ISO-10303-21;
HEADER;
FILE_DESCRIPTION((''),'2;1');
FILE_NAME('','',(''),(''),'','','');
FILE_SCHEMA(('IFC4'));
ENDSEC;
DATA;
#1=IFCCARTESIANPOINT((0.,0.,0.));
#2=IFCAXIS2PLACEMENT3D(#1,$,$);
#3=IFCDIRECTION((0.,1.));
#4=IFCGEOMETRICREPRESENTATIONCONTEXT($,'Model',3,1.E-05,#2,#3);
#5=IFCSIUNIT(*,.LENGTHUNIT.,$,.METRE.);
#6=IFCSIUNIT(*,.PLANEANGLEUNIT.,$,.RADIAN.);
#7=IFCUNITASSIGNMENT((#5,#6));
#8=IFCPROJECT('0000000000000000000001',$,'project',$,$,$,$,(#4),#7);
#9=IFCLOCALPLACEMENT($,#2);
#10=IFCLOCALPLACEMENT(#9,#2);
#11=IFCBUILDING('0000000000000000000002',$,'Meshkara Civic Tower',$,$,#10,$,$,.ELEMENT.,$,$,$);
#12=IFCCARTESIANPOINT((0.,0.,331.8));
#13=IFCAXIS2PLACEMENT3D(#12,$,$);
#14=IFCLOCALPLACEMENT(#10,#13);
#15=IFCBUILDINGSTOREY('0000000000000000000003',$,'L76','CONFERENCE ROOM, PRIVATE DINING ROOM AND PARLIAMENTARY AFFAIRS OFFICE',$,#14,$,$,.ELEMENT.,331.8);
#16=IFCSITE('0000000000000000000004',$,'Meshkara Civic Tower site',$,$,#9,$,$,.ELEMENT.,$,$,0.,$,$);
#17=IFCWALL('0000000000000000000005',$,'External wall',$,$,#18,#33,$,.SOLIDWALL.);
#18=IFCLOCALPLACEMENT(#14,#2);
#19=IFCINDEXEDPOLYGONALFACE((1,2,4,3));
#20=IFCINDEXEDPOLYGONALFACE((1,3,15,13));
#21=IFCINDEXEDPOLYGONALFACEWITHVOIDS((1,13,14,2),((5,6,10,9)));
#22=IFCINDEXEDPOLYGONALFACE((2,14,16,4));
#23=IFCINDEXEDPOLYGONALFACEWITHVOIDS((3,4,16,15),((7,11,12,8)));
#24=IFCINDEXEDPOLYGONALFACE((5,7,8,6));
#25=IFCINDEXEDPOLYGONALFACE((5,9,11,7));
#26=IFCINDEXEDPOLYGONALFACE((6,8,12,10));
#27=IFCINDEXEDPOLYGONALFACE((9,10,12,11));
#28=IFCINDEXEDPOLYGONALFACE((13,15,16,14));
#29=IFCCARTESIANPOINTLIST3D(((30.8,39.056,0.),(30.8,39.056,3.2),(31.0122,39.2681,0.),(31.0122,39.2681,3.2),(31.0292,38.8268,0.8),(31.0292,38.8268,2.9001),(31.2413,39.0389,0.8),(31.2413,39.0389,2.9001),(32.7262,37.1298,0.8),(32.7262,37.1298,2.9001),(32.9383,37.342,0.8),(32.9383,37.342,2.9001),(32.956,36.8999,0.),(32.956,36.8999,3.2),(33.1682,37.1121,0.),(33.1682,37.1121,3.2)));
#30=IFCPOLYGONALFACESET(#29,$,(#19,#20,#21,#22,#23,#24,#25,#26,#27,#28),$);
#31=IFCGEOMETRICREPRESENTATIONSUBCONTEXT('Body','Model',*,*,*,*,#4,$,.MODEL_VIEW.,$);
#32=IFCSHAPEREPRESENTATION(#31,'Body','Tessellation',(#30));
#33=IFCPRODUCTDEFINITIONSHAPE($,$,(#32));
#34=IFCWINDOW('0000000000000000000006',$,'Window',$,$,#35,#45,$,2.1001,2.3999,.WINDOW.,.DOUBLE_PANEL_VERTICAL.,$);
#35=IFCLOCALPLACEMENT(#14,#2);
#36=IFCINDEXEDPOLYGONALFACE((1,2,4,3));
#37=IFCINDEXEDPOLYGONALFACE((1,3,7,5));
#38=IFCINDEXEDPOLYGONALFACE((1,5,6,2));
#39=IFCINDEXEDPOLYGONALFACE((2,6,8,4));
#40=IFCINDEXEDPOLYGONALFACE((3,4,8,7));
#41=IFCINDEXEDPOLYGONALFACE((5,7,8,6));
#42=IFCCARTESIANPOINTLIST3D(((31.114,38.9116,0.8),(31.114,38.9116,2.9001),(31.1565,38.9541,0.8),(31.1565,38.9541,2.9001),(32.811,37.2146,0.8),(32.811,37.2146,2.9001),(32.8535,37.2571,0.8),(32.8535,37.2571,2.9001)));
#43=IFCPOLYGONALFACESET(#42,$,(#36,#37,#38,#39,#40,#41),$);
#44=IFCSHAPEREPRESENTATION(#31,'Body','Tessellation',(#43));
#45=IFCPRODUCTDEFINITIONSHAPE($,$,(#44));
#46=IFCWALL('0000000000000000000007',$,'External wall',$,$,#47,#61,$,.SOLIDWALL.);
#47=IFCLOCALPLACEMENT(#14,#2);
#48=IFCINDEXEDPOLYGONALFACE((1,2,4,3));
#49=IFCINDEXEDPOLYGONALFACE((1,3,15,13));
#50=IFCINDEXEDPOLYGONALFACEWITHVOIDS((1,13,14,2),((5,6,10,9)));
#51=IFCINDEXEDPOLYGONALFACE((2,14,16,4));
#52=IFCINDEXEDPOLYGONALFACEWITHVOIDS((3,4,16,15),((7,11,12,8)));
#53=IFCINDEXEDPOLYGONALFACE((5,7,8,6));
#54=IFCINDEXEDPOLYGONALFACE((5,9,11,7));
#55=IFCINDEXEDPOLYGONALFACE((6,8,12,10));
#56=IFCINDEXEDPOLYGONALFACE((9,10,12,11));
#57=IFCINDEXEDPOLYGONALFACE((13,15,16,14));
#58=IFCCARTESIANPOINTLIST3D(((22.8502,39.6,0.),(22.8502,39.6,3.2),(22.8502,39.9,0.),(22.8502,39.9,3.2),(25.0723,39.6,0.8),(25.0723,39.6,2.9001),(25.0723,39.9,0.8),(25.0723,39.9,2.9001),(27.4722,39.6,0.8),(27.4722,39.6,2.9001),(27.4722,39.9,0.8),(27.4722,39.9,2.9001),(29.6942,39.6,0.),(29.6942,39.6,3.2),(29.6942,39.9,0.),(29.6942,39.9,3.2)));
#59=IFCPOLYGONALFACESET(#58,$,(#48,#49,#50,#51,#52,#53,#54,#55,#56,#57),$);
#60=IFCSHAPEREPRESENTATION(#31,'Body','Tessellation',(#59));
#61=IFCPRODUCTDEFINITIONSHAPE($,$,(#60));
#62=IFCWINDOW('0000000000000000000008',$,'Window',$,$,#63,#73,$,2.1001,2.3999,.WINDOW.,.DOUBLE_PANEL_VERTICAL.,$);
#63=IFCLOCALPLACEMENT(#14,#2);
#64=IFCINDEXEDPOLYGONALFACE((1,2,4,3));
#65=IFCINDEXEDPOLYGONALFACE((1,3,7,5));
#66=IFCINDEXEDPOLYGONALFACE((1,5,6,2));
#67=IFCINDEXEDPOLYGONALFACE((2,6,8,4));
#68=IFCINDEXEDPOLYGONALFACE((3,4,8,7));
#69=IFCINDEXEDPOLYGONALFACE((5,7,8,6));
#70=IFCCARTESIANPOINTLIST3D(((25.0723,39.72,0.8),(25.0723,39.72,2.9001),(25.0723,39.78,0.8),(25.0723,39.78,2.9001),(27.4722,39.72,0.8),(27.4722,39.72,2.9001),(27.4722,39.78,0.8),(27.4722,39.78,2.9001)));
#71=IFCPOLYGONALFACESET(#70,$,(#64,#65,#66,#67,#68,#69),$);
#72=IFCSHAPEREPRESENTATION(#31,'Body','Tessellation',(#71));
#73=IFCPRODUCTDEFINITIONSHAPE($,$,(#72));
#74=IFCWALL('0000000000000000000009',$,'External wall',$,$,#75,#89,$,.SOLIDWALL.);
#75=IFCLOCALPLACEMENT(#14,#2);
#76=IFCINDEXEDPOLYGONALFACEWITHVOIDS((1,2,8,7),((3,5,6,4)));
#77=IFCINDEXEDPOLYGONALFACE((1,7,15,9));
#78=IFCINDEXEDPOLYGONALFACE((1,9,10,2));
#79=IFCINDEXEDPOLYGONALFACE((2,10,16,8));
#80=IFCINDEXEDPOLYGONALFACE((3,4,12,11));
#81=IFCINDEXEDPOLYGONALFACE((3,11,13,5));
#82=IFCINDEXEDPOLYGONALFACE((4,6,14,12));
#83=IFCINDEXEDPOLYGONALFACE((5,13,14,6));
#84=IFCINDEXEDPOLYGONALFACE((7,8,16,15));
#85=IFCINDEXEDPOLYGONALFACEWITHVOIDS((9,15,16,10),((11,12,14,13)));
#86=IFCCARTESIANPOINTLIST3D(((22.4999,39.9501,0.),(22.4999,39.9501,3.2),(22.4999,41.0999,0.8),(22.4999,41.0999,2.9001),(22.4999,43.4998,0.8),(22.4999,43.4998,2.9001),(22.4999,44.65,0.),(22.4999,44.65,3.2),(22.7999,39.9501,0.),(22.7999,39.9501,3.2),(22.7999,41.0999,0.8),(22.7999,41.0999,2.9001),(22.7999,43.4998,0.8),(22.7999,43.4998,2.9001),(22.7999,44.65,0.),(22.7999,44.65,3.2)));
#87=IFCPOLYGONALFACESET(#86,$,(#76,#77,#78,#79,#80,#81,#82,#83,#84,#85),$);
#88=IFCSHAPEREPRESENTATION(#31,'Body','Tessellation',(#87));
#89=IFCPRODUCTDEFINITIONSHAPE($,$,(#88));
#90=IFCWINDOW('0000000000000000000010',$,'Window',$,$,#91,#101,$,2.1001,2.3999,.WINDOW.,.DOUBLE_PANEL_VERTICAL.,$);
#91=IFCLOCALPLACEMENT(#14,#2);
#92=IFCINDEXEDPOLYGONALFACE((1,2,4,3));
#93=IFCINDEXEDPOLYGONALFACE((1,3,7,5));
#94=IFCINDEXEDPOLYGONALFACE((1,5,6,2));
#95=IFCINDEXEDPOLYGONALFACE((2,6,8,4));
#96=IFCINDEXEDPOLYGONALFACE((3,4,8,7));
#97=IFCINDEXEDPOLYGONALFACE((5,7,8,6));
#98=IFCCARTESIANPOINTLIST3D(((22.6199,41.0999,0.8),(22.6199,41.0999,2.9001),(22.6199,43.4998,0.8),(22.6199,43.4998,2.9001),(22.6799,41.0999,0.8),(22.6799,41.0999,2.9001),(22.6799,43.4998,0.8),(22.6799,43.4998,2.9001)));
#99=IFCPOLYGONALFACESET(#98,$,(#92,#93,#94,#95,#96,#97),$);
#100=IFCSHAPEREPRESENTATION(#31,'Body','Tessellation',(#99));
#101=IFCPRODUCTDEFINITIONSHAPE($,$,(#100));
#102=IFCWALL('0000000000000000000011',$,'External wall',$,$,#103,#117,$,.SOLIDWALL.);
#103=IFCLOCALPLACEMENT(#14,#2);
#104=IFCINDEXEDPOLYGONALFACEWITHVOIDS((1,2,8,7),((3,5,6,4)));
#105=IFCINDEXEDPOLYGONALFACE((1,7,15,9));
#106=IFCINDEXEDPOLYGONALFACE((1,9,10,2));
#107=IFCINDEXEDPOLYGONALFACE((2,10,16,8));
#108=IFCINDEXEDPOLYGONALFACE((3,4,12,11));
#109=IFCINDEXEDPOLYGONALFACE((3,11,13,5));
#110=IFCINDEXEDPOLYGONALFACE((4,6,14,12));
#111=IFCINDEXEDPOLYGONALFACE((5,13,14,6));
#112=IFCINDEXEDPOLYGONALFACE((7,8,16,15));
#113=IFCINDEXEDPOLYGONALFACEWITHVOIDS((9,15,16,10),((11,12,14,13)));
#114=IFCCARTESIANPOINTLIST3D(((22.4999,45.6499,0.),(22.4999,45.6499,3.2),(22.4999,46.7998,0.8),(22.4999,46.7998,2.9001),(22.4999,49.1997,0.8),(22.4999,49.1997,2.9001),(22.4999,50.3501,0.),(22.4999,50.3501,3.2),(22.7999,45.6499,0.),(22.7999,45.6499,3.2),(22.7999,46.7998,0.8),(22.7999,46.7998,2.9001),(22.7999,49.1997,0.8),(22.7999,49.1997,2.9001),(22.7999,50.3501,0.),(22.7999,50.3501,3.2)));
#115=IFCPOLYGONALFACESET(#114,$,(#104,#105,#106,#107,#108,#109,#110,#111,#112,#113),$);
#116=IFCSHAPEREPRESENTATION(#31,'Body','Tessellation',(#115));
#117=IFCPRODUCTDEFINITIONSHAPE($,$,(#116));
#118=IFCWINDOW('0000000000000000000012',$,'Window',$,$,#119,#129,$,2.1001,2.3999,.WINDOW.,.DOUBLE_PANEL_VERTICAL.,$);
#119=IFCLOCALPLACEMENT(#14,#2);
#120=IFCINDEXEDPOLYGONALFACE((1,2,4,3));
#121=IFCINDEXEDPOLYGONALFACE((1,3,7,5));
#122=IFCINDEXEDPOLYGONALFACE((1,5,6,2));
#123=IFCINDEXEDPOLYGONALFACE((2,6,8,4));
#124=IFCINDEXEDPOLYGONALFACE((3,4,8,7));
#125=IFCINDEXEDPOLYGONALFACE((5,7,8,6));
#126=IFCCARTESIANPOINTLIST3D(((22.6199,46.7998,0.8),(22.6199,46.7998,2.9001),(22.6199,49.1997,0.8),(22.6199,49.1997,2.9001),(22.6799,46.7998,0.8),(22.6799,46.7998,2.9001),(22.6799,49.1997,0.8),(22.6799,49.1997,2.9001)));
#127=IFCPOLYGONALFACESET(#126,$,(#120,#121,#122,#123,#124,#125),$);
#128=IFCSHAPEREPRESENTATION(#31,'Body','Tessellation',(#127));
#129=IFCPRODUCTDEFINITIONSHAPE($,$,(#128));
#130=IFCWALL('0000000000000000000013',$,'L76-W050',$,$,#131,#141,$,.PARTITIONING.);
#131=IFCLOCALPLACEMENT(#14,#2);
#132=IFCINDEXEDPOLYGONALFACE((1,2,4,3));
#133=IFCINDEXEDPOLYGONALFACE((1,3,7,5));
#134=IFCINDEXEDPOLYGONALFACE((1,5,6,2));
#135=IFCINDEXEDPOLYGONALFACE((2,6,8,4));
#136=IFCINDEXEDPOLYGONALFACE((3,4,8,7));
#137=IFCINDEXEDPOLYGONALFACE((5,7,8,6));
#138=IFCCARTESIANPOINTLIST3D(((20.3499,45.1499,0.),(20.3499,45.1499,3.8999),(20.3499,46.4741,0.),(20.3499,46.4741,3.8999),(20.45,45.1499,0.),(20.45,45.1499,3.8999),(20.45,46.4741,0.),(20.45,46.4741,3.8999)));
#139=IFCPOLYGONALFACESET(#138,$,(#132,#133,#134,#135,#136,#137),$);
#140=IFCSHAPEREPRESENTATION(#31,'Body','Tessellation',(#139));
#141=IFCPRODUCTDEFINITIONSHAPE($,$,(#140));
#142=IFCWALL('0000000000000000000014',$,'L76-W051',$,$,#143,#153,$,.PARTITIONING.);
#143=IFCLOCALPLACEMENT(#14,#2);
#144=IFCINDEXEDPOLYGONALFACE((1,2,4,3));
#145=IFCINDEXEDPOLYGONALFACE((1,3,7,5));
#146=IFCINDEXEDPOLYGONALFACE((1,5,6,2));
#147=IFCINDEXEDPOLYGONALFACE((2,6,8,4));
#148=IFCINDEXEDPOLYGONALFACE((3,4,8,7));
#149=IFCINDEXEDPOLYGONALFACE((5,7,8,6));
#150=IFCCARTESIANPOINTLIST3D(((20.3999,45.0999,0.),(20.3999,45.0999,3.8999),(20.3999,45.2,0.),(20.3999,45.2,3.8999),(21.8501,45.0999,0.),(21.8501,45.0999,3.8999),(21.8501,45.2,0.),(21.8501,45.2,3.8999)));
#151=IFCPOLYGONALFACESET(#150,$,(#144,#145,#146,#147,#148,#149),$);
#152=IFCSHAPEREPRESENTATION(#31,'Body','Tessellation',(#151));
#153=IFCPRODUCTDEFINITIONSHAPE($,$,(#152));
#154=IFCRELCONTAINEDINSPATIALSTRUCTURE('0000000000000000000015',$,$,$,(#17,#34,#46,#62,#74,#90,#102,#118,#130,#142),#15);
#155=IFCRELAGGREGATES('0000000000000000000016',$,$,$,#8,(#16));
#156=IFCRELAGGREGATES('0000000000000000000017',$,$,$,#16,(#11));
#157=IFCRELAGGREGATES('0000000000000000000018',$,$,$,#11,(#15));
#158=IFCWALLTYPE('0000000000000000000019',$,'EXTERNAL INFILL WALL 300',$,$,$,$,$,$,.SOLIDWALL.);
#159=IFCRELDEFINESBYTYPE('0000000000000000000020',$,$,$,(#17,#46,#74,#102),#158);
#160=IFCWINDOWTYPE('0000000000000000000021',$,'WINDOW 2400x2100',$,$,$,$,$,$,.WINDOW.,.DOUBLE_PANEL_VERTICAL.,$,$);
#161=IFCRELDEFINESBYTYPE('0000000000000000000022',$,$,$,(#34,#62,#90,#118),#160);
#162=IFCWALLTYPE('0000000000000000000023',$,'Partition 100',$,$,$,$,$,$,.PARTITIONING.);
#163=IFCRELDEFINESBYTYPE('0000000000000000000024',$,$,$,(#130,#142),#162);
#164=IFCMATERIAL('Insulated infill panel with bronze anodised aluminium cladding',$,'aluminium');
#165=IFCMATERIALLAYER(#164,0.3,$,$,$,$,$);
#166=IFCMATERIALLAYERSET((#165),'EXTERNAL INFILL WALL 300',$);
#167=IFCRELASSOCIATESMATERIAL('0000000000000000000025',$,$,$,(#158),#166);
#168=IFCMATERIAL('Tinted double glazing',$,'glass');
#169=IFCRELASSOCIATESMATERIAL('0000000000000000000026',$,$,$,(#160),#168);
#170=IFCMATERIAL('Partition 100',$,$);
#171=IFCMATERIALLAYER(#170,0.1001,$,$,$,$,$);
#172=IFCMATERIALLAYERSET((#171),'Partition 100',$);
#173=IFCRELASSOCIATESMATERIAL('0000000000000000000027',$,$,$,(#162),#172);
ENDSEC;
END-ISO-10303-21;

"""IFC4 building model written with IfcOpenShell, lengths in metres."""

from ifc_helpers import new_model, si_unit, direction, frame, frame_2d, origin, place, context, subcontext, project, spatial, rectangle, extrude, material, layer, layer_set, type_object, element, fill, save


model = new_model("IFC4")

# Units and contexts
model_context = context("Model", 3, precision=1e-05, world=origin(), true_north=direction((0.0, 1.0)))
body_context = subcontext(model_context, "Body", "Model", "MODEL_VIEW")
ifc_project = project(units=[si_unit("LENGTHUNIT", "METRE"), si_unit("PLANEANGLEUNIT", "RADIAN")], contexts=[model_context])

# Site, building, storey
site_placement = place(None, origin())
site = spatial("IfcSite", under=ifc_project, at=site_placement, Name="Meshkara Civic Tower site", CompositionType="ELEMENT", RefElevation=0.0)
building_placement = place(site_placement, origin())
building = spatial("IfcBuilding", under=site, at=building_placement, Name="Meshkara Civic Tower", CompositionType="ELEMENT")
storey_placement = place(building_placement, frame((0.0, 0.0, 331.8)))
storey = spatial("IfcBuildingStorey", under=building, at=storey_placement, Name="L76", Description="CONFERENCE ROOM, PRIVATE DINING ROOM AND PARLIAMENTARY AFFAIRS OFFICE", CompositionType="ELEMENT", Elevation=331.8)

# Walls, openings, windows
ifc_material_1 = material(Name="Insulated infill panel with bronze anodised aluminium cladding", Category="aluminium")
ifc_layer_1 = layer(ifc_material_1, 0.3)
ifc_layer_set_1 = layer_set([ifc_layer_1], Name="EXTERNAL INFILL WALL 300")
wall_type_1 = type_object("IfcWallType", Name="EXTERNAL INFILL WALL 300", PredefinedType="SOLIDWALL", material=ifc_layer_set_1)
wall_1_placement = place(storey_placement, frame((33.062, 37.0061, 0.0), z_axis=(0.0, 0.0, 1.0), x_axis=(-0.707107, 0.707107, 0.0)))
wall_1 = element("IfcWall", 1, at=wall_1_placement, inside=storey, type_object=wall_type_1, Name="External wall", PredefinedType="SOLIDWALL", context=body_context, shape_type="SweptSolid", body=[
    extrude(rectangle(XDim=3.0491, YDim=0.3, at=frame_2d((1.5244, 0.0))), origin(), (0.0, 0.0, 1.0), 3.2),
])
opening_1_placement = place(wall_1_placement, frame((0.325, 0.0, 0.8)))
opening_1 = element("IfcOpeningElement", 2, at=opening_1_placement, cuts=wall_1, PredefinedType="OPENING", context=body_context, shape_type="SweptSolid", body=[
    extrude(rectangle(XDim=2.3999, YDim=2.1001, at=frame_2d((1.2, 1.05))), frame((0.0, 0.1599, 0.0), z_axis=(0.0, -1.0, 0.0), x_axis=(1.0, 0.0, 0.0)), (0.0, 0.0, 1.0), 0.3201),
])
ifc_material_2 = material(Name="Tinted double glazing", Category="glass")
window_type = type_object("IfcWindowType", Name="WINDOW 2400x2100", PartitioningType="DOUBLE_PANEL_VERTICAL", PredefinedType="WINDOW", material=ifc_material_2)
window_1_placement = place(opening_1_placement, origin())
window_1 = element("IfcWindow", 3, at=window_1_placement, inside=storey, type_object=window_type, Name="Window", OverallHeight=2.1001, OverallWidth=2.3999, PartitioningType="DOUBLE_PANEL_VERTICAL", PredefinedType="WINDOW", context=body_context, shape_type="SweptSolid", body=[
    extrude(rectangle(XDim=2.3999, YDim=2.1001, at=frame_2d((1.2, 1.05))), frame((0.0, 0.03, 0.0), z_axis=(0.0, -1.0, 0.0), x_axis=(1.0, 0.0, 0.0)), (0.0, 0.0, 1.0), 0.0601),
])
fill(opening_1, window_1)
wall_2_placement = place(storey_placement, frame((29.6941, 39.75, 0.0), z_axis=(0.0, 0.0, 1.0), x_axis=(-1.0, 0.0, 0.0)))
wall_2 = element("IfcWall", 4, at=wall_2_placement, inside=storey, type_object=wall_type_1, Name="External wall", PredefinedType="SOLIDWALL", context=body_context, shape_type="SweptSolid", body=[
    extrude(rectangle(XDim=6.844, YDim=0.3, at=frame_2d((3.4219, 0.0))), origin(), (0.0, 0.0, 1.0), 3.2),
])
opening_2_placement = place(wall_2_placement, frame((2.2219, 0.0, 0.8)))
opening_2 = element("IfcOpeningElement", 5, at=opening_2_placement, cuts=wall_2, PredefinedType="OPENING", context=body_context, shape_type="SweptSolid", body=[
    extrude(rectangle(XDim=2.3999, YDim=2.1001, at=frame_2d((1.2, 1.05))), frame((0.0, 0.1599, 0.0), z_axis=(0.0, -1.0, 0.0), x_axis=(1.0, 0.0, 0.0)), (0.0, 0.0, 1.0), 0.3201),
])
window_2_placement = place(opening_2_placement, origin())
window_2 = element("IfcWindow", 6, at=window_2_placement, inside=storey, type_object=window_type, Name="Window", OverallHeight=2.1001, OverallWidth=2.3999, PartitioningType="DOUBLE_PANEL_VERTICAL", PredefinedType="WINDOW", context=body_context, shape_type="SweptSolid", body=[
    extrude(rectangle(XDim=2.3999, YDim=2.1001, at=frame_2d((1.2, 1.05))), frame((0.0, 0.03, 0.0), z_axis=(0.0, -1.0, 0.0), x_axis=(1.0, 0.0, 0.0)), (0.0, 0.0, 1.0), 0.0601),
])
fill(opening_2, window_2)
wall_3_placement = place(storey_placement, frame((22.6499, 39.95, 0.0), z_axis=(0.0, 0.0, 1.0), x_axis=(0.0, 1.0, 0.0)))
wall_3 = element("IfcWall", 7, at=wall_3_placement, inside=storey, type_object=wall_type_1, Name="External wall", PredefinedType="SOLIDWALL", context=body_context, shape_type="SweptSolid", body=[
    extrude(rectangle(XDim=4.7, YDim=0.3, at=frame_2d((2.3501, 0.0))), origin(), (0.0, 0.0, 1.0), 3.2),
])
opening_3_placement = place(wall_3_placement, frame((1.1499, 0.0, 0.8)))
opening_3 = element("IfcOpeningElement", 8, at=opening_3_placement, cuts=wall_3, PredefinedType="OPENING", context=body_context, shape_type="SweptSolid", body=[
    extrude(rectangle(XDim=2.3999, YDim=2.1001, at=frame_2d((1.2, 1.05))), frame((0.0, 0.1599, 0.0), z_axis=(0.0, -1.0, 0.0), x_axis=(1.0, 0.0, 0.0)), (0.0, 0.0, 1.0), 0.3201),
])
window_3_placement = place(opening_3_placement, origin())
window_3 = element("IfcWindow", 9, at=window_3_placement, inside=storey, type_object=window_type, Name="Window", OverallHeight=2.1001, OverallWidth=2.3999, PartitioningType="DOUBLE_PANEL_VERTICAL", PredefinedType="WINDOW", context=body_context, shape_type="SweptSolid", body=[
    extrude(rectangle(XDim=2.3999, YDim=2.1001, at=frame_2d((1.2, 1.05))), frame((0.0, 0.03, 0.0), z_axis=(0.0, -1.0, 0.0), x_axis=(1.0, 0.0, 0.0)), (0.0, 0.0, 1.0), 0.0601),
])
fill(opening_3, window_3)
wall_4_placement = place(storey_placement, frame((22.6499, 45.6499, 0.0), z_axis=(0.0, 0.0, 1.0), x_axis=(0.0, 1.0, 0.0)))
wall_4 = element("IfcWall", 10, at=wall_4_placement, inside=storey, type_object=wall_type_1, Name="External wall", PredefinedType="SOLIDWALL", context=body_context, shape_type="SweptSolid", body=[
    extrude(rectangle(XDim=4.7002, YDim=0.3, at=frame_2d((2.3501, 0.0))), origin(), (0.0, 0.0, 1.0), 3.2),
])
opening_4_placement = place(wall_4_placement, frame((1.1499, 0.0, 0.8)))
opening_4 = element("IfcOpeningElement", 11, at=opening_4_placement, cuts=wall_4, PredefinedType="OPENING", context=body_context, shape_type="SweptSolid", body=[
    extrude(rectangle(XDim=2.3999, YDim=2.1001, at=frame_2d((1.2, 1.05))), frame((0.0, 0.1599, 0.0), z_axis=(0.0, -1.0, 0.0), x_axis=(1.0, 0.0, 0.0)), (0.0, 0.0, 1.0), 0.3201),
])
window_4_placement = place(opening_4_placement, origin())
window_4 = element("IfcWindow", 12, at=window_4_placement, inside=storey, type_object=window_type, Name="Window", OverallHeight=2.1001, OverallWidth=2.3999, PartitioningType="DOUBLE_PANEL_VERTICAL", PredefinedType="WINDOW", context=body_context, shape_type="SweptSolid", body=[
    extrude(rectangle(XDim=2.3999, YDim=2.1001, at=frame_2d((1.2, 1.05))), frame((0.0, 0.03, 0.0), z_axis=(0.0, -1.0, 0.0), x_axis=(1.0, 0.0, 0.0)), (0.0, 0.0, 1.0), 0.0601),
])
fill(opening_4, window_4)

# Walls
ifc_material_3 = material(Name="Partition 100")
ifc_layer_2 = layer(ifc_material_3, 0.1001)
ifc_layer_set_2 = layer_set([ifc_layer_2], Name="Partition 100")
wall_type_2 = type_object("IfcWallType", Name="Partition 100", PredefinedType="PARTITIONING", material=ifc_layer_set_2)
wall_5_placement = place(storey_placement, frame((20.3999, 45.1499, 0.0), z_axis=(0.0, 0.0, 1.0), x_axis=(0.0, 1.0, 0.0)))
element("IfcWall", 13, at=wall_5_placement, inside=storey, type_object=wall_type_2, Name="L76-W050", PredefinedType="PARTITIONING", context=body_context, shape_type="SweptSolid", body=[
    extrude(rectangle(XDim=1.3242, YDim=0.1001, at=frame_2d((0.6621, 0.0))), origin(), (0.0, 0.0, 1.0), 3.8999),
])
wall_6_placement = place(storey_placement, frame((21.8501, 45.1499, 0.0), z_axis=(0.0, 0.0, 1.0), x_axis=(-1.0, 0.0, 0.0)))
element("IfcWall", 14, at=wall_6_placement, inside=storey, type_object=wall_type_2, Name="L76-W051", PredefinedType="PARTITIONING", context=body_context, shape_type="SweptSolid", body=[
    extrude(rectangle(XDim=1.4502, YDim=0.1001, at=frame_2d((0.7251, 0.0))), origin(), (0.0, 0.0, 1.0), 3.8999),
])

save(model, "model.ifc")
